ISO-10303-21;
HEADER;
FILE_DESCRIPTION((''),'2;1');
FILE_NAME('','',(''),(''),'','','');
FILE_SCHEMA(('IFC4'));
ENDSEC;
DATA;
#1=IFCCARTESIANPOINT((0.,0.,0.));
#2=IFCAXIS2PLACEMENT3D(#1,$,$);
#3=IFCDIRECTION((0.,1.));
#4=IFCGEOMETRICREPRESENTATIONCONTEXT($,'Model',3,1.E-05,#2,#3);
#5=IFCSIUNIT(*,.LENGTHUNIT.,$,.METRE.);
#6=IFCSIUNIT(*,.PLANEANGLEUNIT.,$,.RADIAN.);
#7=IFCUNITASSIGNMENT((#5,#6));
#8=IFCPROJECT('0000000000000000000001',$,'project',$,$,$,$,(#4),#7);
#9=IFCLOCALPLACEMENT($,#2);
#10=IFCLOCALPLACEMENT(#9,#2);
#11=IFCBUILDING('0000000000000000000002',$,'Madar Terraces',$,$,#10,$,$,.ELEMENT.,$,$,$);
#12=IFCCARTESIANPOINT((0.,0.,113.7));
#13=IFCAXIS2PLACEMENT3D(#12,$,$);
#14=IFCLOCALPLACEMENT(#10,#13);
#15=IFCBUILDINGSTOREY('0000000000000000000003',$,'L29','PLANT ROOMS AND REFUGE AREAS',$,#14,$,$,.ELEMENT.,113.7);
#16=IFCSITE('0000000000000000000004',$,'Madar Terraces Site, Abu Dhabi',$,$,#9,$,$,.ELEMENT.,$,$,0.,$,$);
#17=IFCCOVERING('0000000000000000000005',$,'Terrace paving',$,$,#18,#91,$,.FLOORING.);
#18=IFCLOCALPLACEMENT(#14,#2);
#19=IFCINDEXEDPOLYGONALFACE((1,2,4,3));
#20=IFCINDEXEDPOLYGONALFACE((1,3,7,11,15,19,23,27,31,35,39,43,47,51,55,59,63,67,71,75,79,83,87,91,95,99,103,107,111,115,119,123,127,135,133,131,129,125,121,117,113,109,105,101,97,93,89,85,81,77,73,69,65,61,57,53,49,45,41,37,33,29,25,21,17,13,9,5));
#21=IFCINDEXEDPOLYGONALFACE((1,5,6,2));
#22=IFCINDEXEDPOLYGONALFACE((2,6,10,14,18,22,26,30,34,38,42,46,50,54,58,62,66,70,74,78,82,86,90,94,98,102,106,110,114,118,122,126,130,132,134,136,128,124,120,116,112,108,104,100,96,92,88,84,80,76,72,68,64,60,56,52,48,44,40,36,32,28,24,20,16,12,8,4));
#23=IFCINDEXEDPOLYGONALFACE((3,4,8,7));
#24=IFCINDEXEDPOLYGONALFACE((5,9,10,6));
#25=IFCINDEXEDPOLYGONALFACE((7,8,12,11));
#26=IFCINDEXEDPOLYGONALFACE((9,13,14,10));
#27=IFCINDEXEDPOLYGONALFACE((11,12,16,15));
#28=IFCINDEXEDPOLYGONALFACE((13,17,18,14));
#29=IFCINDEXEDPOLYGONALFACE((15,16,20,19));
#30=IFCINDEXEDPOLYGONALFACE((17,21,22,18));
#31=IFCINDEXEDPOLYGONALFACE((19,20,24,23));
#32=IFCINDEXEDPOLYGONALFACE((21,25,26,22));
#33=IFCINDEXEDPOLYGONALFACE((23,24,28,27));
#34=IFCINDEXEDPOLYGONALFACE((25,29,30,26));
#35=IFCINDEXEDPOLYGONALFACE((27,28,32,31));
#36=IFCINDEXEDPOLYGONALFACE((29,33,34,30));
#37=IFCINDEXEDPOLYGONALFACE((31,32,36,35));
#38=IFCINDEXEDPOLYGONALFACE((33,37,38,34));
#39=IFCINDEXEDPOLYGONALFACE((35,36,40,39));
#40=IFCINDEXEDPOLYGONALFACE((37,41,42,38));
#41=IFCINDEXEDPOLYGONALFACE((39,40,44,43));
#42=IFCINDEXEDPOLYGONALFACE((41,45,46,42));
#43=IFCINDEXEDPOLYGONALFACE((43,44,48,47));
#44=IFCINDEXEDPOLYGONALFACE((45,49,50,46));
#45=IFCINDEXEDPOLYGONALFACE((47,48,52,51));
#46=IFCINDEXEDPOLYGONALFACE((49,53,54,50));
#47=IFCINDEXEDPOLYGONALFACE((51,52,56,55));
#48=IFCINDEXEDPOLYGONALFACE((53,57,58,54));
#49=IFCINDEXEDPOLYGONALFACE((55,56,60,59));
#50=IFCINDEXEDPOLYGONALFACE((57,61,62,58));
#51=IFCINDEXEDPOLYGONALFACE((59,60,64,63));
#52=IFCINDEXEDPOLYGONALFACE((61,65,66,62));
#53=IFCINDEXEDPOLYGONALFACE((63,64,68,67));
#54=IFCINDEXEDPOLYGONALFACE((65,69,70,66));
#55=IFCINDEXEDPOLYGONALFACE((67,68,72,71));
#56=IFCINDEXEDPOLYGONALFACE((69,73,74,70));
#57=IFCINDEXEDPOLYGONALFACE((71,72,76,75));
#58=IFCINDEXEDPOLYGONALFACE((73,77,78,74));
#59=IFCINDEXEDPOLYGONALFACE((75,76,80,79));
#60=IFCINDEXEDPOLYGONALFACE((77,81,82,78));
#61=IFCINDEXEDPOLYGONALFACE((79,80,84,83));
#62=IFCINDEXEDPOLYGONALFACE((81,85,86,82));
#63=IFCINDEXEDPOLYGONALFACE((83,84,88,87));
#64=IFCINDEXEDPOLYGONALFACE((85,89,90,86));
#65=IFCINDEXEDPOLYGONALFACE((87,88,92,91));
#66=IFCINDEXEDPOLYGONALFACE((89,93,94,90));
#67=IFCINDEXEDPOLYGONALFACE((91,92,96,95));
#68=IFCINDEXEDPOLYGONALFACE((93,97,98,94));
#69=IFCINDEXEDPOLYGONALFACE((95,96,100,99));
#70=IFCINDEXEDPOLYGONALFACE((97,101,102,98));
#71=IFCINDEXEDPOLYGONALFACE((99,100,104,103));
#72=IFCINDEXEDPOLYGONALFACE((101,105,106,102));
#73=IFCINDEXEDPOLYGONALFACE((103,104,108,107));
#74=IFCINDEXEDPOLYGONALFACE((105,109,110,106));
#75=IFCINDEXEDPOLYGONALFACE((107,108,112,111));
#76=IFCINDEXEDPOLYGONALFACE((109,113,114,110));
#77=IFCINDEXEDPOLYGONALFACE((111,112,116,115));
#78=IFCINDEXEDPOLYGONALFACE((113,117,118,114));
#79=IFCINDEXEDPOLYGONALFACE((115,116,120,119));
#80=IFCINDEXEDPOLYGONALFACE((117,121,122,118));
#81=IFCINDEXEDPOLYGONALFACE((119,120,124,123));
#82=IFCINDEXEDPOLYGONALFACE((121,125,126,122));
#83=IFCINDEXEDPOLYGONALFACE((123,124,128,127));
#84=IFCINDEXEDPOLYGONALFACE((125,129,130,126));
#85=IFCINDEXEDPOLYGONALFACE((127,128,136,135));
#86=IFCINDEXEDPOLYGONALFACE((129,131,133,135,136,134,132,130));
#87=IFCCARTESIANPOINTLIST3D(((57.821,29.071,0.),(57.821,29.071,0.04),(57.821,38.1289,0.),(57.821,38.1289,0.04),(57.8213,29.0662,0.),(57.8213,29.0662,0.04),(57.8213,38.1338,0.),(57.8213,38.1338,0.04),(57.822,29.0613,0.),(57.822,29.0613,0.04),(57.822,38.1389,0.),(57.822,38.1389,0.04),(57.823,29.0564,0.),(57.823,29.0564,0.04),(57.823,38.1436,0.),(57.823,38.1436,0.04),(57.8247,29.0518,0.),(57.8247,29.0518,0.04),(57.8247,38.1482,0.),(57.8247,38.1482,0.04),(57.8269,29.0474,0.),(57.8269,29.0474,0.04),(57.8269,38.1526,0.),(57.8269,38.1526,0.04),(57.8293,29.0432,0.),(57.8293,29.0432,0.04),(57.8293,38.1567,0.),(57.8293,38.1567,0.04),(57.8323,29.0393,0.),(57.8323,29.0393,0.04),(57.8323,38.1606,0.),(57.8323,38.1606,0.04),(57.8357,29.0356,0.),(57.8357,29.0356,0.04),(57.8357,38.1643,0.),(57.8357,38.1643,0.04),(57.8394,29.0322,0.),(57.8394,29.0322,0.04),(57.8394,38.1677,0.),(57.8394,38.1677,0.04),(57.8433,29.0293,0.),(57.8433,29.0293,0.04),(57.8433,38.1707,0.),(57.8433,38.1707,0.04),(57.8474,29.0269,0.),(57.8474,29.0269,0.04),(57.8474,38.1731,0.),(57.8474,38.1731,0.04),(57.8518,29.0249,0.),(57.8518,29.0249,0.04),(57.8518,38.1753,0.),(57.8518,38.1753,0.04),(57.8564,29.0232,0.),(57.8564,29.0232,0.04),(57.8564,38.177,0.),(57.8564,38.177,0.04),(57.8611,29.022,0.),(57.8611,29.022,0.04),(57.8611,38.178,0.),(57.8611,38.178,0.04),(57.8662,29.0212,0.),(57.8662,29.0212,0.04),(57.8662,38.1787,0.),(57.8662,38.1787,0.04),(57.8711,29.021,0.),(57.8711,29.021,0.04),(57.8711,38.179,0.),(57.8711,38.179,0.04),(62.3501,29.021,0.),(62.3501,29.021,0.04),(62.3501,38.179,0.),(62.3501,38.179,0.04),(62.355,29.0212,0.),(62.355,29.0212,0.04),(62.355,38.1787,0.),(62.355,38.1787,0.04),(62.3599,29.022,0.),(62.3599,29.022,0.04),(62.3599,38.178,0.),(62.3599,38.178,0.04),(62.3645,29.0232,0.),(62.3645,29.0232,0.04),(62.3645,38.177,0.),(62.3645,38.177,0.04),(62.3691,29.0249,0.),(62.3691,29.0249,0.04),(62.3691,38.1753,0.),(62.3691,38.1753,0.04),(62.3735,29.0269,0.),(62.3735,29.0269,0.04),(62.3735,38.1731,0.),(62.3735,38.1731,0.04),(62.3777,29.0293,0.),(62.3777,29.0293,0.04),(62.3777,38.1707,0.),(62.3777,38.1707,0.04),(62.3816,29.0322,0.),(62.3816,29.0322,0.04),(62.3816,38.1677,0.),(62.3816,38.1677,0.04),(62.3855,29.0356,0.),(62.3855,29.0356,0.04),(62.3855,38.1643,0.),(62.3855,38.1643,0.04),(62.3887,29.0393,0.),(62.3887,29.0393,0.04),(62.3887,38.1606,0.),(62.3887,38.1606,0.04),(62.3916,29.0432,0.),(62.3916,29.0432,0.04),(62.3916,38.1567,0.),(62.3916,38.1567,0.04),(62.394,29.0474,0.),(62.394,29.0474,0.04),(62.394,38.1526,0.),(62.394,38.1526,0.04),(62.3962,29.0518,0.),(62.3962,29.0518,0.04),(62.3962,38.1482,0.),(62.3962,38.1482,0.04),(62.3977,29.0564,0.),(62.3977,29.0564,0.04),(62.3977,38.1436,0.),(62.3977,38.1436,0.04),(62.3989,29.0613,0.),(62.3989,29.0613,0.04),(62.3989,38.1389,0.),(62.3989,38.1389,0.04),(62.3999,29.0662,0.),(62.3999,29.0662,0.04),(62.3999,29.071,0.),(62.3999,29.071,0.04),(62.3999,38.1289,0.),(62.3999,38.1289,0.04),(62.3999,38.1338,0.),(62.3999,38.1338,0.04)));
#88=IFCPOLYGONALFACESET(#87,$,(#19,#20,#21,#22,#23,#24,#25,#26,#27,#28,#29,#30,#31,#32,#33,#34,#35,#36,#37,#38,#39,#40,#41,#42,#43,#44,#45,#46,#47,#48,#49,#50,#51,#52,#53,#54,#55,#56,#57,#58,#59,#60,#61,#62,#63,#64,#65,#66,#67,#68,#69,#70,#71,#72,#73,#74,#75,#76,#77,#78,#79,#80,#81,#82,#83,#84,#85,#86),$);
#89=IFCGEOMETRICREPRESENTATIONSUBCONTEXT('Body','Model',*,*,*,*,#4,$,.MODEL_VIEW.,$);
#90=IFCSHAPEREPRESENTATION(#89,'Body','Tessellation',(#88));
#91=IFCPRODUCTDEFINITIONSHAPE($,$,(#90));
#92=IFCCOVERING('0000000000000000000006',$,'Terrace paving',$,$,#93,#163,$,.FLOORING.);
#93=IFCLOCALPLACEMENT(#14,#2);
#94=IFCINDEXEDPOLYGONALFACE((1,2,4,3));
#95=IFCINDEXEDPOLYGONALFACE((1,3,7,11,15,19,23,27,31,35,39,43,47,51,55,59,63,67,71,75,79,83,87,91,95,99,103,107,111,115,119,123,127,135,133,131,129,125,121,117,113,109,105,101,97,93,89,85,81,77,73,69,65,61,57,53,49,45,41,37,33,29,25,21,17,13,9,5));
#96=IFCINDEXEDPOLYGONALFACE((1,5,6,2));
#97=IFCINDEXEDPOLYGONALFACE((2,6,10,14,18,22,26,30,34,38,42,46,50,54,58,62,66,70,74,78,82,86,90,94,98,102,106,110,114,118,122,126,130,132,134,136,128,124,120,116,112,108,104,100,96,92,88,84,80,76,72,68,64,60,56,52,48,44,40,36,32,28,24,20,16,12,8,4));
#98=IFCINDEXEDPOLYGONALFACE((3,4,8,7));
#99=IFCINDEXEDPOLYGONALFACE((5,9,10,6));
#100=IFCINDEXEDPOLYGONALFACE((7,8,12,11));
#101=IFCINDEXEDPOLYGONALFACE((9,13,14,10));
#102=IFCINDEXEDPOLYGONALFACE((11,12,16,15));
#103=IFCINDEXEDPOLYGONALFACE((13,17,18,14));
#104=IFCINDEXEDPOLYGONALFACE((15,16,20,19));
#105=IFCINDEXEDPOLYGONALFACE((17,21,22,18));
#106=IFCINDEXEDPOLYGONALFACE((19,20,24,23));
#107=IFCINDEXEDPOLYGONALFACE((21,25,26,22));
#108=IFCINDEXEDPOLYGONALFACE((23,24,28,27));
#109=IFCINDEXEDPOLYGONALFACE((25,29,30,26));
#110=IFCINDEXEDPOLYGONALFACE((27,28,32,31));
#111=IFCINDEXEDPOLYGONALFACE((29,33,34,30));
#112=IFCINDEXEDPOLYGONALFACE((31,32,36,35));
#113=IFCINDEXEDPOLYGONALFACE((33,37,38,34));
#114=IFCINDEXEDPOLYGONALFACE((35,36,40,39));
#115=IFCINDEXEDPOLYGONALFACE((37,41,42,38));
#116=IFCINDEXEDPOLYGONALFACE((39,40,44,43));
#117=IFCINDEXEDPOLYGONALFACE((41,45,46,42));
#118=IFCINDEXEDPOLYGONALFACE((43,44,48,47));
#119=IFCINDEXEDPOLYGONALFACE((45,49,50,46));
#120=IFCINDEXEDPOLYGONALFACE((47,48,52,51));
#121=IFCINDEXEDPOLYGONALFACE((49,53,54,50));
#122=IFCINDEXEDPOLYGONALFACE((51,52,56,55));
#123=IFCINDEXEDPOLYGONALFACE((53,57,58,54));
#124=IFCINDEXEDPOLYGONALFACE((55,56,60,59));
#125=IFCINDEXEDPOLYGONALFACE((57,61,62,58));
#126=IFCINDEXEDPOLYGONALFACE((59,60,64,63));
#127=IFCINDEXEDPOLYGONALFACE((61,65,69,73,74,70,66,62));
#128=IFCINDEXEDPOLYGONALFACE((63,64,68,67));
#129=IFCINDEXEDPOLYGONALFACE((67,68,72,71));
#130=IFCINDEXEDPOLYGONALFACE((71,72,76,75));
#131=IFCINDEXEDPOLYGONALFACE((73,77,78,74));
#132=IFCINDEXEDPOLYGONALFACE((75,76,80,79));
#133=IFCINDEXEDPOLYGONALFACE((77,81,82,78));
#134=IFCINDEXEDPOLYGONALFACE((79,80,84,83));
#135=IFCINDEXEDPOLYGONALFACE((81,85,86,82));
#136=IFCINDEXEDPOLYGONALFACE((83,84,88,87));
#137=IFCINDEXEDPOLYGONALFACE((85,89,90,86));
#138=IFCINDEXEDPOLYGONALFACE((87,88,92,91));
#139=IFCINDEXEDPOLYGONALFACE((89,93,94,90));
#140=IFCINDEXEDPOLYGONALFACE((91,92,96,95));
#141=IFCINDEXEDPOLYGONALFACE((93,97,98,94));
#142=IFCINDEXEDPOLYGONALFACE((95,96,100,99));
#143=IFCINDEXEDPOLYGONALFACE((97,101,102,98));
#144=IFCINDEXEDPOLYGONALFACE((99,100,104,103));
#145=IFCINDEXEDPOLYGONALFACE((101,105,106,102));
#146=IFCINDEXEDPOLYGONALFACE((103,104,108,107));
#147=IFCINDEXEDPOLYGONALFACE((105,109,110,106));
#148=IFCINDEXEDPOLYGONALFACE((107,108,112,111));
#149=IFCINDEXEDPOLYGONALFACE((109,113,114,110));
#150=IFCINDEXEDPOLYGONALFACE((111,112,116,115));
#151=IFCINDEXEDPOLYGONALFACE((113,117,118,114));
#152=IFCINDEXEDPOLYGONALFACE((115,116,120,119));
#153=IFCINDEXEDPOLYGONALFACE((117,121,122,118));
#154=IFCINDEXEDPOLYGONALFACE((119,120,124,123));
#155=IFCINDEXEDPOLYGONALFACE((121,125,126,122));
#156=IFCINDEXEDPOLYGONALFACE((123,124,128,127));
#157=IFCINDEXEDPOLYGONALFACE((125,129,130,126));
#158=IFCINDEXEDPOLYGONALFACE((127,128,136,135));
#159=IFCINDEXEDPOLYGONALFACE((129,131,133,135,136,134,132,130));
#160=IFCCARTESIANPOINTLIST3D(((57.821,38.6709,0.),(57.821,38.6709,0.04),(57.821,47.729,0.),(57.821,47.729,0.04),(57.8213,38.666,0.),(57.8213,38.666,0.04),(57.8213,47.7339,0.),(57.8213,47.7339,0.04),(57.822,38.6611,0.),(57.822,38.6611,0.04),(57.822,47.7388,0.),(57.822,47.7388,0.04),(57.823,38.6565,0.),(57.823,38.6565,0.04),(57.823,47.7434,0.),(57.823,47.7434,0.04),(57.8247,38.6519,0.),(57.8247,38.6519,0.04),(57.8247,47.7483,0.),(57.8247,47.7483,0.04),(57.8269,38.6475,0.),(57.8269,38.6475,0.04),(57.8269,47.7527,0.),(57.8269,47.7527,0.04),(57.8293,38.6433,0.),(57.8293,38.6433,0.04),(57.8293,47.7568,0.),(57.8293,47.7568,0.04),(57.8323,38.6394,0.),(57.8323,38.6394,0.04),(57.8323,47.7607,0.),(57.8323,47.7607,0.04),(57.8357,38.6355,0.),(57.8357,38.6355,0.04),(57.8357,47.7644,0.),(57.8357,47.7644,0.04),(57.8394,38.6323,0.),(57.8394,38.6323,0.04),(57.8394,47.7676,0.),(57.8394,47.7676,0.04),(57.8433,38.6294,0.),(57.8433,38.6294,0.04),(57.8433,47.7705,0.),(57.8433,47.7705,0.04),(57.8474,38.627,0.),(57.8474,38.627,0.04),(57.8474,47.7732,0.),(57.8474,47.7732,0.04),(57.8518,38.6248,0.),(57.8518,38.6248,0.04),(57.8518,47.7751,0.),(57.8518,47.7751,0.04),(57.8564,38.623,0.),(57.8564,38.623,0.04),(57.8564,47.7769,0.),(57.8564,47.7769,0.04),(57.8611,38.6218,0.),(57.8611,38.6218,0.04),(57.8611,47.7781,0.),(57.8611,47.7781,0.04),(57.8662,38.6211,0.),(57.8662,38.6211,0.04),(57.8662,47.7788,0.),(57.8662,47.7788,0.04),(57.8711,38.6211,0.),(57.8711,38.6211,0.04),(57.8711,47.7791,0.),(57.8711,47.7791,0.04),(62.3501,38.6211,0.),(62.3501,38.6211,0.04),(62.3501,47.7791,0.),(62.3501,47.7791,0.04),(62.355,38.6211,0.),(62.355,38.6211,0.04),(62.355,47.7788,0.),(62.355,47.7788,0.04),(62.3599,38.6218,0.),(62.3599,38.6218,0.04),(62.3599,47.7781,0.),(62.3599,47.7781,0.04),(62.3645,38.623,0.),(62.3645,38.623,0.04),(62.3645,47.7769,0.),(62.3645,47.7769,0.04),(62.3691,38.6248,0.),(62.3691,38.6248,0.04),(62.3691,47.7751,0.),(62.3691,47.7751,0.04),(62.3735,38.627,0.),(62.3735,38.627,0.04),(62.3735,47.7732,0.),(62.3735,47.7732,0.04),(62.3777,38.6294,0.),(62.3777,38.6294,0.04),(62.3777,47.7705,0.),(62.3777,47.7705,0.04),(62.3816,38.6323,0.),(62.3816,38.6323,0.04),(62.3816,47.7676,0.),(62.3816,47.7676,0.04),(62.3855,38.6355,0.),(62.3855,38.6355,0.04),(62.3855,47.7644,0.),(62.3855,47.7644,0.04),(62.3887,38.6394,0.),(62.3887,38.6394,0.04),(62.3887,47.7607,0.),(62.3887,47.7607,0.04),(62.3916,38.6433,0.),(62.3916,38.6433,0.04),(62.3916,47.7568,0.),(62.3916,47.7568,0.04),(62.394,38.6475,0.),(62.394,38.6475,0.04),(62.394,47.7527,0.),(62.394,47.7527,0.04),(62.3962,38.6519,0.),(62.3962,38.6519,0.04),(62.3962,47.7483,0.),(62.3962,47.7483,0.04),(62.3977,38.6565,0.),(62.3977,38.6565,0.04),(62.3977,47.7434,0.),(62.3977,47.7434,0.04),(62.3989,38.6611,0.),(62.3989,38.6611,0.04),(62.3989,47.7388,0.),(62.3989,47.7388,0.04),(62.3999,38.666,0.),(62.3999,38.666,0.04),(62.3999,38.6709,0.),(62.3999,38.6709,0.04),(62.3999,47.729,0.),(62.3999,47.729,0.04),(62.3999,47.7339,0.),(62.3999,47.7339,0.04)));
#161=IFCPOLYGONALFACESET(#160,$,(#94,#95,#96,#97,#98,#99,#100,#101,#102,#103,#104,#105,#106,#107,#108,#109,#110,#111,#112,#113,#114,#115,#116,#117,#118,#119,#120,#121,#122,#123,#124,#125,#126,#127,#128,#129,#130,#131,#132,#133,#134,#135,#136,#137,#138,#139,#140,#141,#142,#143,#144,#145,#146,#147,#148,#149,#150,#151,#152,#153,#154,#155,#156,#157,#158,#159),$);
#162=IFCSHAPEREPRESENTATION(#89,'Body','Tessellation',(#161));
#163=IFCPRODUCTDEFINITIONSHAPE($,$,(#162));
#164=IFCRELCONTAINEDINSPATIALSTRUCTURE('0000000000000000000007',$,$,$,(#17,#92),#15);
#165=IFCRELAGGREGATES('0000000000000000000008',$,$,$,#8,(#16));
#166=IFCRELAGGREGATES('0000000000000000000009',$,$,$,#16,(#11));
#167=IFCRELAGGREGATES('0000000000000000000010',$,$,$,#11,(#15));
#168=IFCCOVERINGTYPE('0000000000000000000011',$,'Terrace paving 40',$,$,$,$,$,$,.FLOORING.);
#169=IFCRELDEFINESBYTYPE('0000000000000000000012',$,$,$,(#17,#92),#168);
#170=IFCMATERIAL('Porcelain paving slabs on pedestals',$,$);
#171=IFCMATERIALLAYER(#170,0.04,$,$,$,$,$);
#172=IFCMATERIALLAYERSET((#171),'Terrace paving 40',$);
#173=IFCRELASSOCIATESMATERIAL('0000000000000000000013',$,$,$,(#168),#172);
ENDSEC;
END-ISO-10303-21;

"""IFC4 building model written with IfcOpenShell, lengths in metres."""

from ifc_helpers import new_model, si_unit, direction, frame, origin, place, context, subcontext, project, spatial, polyline, outline, extrude, material, layer, layer_set, type_object, element, save


model = new_model("IFC4")

# Units and contexts
model_context = context("Model", 3, precision=1e-05, world=origin(), true_north=direction((0.0, 1.0)))
body_context = subcontext(model_context, "Body", "Model", "MODEL_VIEW")
ifc_project = project(units=[si_unit("LENGTHUNIT", "METRE"), si_unit("PLANEANGLEUNIT", "RADIAN")], contexts=[model_context])

# Site, building, storey
site_placement = place(None, origin())
site = spatial("IfcSite", under=ifc_project, at=site_placement, Name="Madar Terraces Site, Abu Dhabi", CompositionType="ELEMENT", RefElevation=0.0)
building_placement = place(site_placement, origin())
building = spatial("IfcBuilding", under=site, at=building_placement, Name="Madar Terraces", CompositionType="ELEMENT")
storey_placement = place(building_placement, frame((0.0, 0.0, 113.7)))
storey = spatial("IfcBuildingStorey", under=building, at=storey_placement, Name="L29", Description="PLANT ROOMS AND REFUGE AREAS", CompositionType="ELEMENT", Elevation=113.7)

# Coverings
ifc_material_1 = material(Name="Porcelain paving slabs on pedestals")
ifc_layer_1 = layer(ifc_material_1, 0.04)
ifc_layer_set_1 = layer_set([ifc_layer_1], Name="Terrace paving 40")
covering_type = type_object("IfcCoveringType", Name="Terrace paving 40", PredefinedType="FLOORING", material=ifc_layer_set_1)
covering_1_placement = place(storey_placement, origin())
element("IfcCovering", 1, at=covering_1_placement, inside=storey, type_object=covering_type, Name="Terrace paving", PredefinedType="FLOORING", context=body_context, shape_type="SweptSolid", body=[
    extrude(outline(polyline([(62.3989, 29.0613), (62.3977, 29.0564), (62.3962, 29.0518), (62.394, 29.0474), (62.3916, 29.0432), (62.3887, 29.0393), (62.3855, 29.0356), (62.3816, 29.0322), (62.3777, 29.0293), (62.3735, 29.0269), (62.3691, 29.0249), (62.3645, 29.0232), (62.3599, 29.022), (62.355, 29.0212), (62.3501, 29.021), (57.8711, 29.021), (57.8662, 29.0212), (57.8611, 29.022), (57.8564, 29.0232), (57.8518, 29.0249), (57.8474, 29.0269), (57.8433, 29.0293), (57.8394, 29.0322), (57.8357, 29.0356), (57.8323, 29.0393), (57.8293, 29.0432), (57.8269, 29.0474), (57.8247, 29.0518), (57.823, 29.0564), (57.822, 29.0613), (57.8213, 29.0662), (57.821, 29.071), (57.821, 38.1289), (57.8213, 38.1338), (57.822, 38.1389), (57.823, 38.1436), (57.8247, 38.1482), (57.8269, 38.1526), (57.8293, 38.1567), (57.8323, 38.1606), (57.8357, 38.1643), (57.8394, 38.1677), (57.8433, 38.1707), (57.8474, 38.1731), (57.8518, 38.1753), (57.8564, 38.177), (57.8611, 38.178), (57.8662, 38.1787), (57.8711, 38.179), (62.3501, 38.179), (62.355, 38.1787), (62.3599, 38.178), (62.3645, 38.177), (62.3691, 38.1753), (62.3735, 38.1731), (62.3777, 38.1707), (62.3816, 38.1677), (62.3855, 38.1643), (62.3887, 38.1606), (62.3916, 38.1567), (62.394, 38.1526), (62.3962, 38.1482), (62.3977, 38.1436), (62.3989, 38.1389), (62.3999, 38.1338), (62.3999, 38.1289), (62.3999, 29.071), (62.3999, 29.0662), (62.3989, 29.0613)])), origin(), (0.0, 0.0, 1.0), 0.04),
])
covering_2_placement = place(storey_placement, origin())
element("IfcCovering", 2, at=covering_2_placement, inside=storey, type_object=covering_type, Name="Terrace paving", PredefinedType="FLOORING", context=body_context, shape_type="SweptSolid", body=[
    extrude(outline(polyline([(62.3977, 38.6565), (62.3962, 38.6519), (62.394, 38.6475), (62.3916, 38.6433), (62.3887, 38.6394), (62.3855, 38.6355), (62.3816, 38.6323), (62.3777, 38.6294), (62.3735, 38.627), (62.3691, 38.6248), (62.3645, 38.623), (62.3599, 38.6218), (62.355, 38.6211), (62.3501, 38.6211), (57.8711, 38.6211), (57.8662, 38.6211), (57.8611, 38.6218), (57.8564, 38.623), (57.8518, 38.6248), (57.8474, 38.627), (57.8433, 38.6294), (57.8394, 38.6323), (57.8357, 38.6355), (57.8323, 38.6394), (57.8293, 38.6433), (57.8269, 38.6475), (57.8247, 38.6519), (57.823, 38.6565), (57.822, 38.6611), (57.8213, 38.666), (57.821, 38.6709), (57.821, 47.729), (57.8213, 47.7339), (57.822, 47.7388), (57.823, 47.7434), (57.8247, 47.7483), (57.8269, 47.7527), (57.8293, 47.7568), (57.8323, 47.7607), (57.8357, 47.7644), (57.8394, 47.7676), (57.8433, 47.7705), (57.8474, 47.7732), (57.8518, 47.7751), (57.8564, 47.7769), (57.8611, 47.7781), (57.8662, 47.7788), (57.8711, 47.7791), (62.3501, 47.7791), (62.355, 47.7788), (62.3599, 47.7781), (62.3645, 47.7769), (62.3691, 47.7751), (62.3735, 47.7732), (62.3777, 47.7705), (62.3816, 47.7676), (62.3855, 47.7644), (62.3887, 47.7607), (62.3916, 47.7568), (62.394, 47.7527), (62.3962, 47.7483), (62.3977, 47.7434), (62.3989, 47.7388), (62.3999, 47.7339), (62.3999, 47.729), (62.3999, 38.6709), (62.3999, 38.666), (62.3989, 38.6611), (62.3977, 38.6565)])), origin(), (0.0, 0.0, 1.0), 0.04),
])

save(model, "model.ifc")
